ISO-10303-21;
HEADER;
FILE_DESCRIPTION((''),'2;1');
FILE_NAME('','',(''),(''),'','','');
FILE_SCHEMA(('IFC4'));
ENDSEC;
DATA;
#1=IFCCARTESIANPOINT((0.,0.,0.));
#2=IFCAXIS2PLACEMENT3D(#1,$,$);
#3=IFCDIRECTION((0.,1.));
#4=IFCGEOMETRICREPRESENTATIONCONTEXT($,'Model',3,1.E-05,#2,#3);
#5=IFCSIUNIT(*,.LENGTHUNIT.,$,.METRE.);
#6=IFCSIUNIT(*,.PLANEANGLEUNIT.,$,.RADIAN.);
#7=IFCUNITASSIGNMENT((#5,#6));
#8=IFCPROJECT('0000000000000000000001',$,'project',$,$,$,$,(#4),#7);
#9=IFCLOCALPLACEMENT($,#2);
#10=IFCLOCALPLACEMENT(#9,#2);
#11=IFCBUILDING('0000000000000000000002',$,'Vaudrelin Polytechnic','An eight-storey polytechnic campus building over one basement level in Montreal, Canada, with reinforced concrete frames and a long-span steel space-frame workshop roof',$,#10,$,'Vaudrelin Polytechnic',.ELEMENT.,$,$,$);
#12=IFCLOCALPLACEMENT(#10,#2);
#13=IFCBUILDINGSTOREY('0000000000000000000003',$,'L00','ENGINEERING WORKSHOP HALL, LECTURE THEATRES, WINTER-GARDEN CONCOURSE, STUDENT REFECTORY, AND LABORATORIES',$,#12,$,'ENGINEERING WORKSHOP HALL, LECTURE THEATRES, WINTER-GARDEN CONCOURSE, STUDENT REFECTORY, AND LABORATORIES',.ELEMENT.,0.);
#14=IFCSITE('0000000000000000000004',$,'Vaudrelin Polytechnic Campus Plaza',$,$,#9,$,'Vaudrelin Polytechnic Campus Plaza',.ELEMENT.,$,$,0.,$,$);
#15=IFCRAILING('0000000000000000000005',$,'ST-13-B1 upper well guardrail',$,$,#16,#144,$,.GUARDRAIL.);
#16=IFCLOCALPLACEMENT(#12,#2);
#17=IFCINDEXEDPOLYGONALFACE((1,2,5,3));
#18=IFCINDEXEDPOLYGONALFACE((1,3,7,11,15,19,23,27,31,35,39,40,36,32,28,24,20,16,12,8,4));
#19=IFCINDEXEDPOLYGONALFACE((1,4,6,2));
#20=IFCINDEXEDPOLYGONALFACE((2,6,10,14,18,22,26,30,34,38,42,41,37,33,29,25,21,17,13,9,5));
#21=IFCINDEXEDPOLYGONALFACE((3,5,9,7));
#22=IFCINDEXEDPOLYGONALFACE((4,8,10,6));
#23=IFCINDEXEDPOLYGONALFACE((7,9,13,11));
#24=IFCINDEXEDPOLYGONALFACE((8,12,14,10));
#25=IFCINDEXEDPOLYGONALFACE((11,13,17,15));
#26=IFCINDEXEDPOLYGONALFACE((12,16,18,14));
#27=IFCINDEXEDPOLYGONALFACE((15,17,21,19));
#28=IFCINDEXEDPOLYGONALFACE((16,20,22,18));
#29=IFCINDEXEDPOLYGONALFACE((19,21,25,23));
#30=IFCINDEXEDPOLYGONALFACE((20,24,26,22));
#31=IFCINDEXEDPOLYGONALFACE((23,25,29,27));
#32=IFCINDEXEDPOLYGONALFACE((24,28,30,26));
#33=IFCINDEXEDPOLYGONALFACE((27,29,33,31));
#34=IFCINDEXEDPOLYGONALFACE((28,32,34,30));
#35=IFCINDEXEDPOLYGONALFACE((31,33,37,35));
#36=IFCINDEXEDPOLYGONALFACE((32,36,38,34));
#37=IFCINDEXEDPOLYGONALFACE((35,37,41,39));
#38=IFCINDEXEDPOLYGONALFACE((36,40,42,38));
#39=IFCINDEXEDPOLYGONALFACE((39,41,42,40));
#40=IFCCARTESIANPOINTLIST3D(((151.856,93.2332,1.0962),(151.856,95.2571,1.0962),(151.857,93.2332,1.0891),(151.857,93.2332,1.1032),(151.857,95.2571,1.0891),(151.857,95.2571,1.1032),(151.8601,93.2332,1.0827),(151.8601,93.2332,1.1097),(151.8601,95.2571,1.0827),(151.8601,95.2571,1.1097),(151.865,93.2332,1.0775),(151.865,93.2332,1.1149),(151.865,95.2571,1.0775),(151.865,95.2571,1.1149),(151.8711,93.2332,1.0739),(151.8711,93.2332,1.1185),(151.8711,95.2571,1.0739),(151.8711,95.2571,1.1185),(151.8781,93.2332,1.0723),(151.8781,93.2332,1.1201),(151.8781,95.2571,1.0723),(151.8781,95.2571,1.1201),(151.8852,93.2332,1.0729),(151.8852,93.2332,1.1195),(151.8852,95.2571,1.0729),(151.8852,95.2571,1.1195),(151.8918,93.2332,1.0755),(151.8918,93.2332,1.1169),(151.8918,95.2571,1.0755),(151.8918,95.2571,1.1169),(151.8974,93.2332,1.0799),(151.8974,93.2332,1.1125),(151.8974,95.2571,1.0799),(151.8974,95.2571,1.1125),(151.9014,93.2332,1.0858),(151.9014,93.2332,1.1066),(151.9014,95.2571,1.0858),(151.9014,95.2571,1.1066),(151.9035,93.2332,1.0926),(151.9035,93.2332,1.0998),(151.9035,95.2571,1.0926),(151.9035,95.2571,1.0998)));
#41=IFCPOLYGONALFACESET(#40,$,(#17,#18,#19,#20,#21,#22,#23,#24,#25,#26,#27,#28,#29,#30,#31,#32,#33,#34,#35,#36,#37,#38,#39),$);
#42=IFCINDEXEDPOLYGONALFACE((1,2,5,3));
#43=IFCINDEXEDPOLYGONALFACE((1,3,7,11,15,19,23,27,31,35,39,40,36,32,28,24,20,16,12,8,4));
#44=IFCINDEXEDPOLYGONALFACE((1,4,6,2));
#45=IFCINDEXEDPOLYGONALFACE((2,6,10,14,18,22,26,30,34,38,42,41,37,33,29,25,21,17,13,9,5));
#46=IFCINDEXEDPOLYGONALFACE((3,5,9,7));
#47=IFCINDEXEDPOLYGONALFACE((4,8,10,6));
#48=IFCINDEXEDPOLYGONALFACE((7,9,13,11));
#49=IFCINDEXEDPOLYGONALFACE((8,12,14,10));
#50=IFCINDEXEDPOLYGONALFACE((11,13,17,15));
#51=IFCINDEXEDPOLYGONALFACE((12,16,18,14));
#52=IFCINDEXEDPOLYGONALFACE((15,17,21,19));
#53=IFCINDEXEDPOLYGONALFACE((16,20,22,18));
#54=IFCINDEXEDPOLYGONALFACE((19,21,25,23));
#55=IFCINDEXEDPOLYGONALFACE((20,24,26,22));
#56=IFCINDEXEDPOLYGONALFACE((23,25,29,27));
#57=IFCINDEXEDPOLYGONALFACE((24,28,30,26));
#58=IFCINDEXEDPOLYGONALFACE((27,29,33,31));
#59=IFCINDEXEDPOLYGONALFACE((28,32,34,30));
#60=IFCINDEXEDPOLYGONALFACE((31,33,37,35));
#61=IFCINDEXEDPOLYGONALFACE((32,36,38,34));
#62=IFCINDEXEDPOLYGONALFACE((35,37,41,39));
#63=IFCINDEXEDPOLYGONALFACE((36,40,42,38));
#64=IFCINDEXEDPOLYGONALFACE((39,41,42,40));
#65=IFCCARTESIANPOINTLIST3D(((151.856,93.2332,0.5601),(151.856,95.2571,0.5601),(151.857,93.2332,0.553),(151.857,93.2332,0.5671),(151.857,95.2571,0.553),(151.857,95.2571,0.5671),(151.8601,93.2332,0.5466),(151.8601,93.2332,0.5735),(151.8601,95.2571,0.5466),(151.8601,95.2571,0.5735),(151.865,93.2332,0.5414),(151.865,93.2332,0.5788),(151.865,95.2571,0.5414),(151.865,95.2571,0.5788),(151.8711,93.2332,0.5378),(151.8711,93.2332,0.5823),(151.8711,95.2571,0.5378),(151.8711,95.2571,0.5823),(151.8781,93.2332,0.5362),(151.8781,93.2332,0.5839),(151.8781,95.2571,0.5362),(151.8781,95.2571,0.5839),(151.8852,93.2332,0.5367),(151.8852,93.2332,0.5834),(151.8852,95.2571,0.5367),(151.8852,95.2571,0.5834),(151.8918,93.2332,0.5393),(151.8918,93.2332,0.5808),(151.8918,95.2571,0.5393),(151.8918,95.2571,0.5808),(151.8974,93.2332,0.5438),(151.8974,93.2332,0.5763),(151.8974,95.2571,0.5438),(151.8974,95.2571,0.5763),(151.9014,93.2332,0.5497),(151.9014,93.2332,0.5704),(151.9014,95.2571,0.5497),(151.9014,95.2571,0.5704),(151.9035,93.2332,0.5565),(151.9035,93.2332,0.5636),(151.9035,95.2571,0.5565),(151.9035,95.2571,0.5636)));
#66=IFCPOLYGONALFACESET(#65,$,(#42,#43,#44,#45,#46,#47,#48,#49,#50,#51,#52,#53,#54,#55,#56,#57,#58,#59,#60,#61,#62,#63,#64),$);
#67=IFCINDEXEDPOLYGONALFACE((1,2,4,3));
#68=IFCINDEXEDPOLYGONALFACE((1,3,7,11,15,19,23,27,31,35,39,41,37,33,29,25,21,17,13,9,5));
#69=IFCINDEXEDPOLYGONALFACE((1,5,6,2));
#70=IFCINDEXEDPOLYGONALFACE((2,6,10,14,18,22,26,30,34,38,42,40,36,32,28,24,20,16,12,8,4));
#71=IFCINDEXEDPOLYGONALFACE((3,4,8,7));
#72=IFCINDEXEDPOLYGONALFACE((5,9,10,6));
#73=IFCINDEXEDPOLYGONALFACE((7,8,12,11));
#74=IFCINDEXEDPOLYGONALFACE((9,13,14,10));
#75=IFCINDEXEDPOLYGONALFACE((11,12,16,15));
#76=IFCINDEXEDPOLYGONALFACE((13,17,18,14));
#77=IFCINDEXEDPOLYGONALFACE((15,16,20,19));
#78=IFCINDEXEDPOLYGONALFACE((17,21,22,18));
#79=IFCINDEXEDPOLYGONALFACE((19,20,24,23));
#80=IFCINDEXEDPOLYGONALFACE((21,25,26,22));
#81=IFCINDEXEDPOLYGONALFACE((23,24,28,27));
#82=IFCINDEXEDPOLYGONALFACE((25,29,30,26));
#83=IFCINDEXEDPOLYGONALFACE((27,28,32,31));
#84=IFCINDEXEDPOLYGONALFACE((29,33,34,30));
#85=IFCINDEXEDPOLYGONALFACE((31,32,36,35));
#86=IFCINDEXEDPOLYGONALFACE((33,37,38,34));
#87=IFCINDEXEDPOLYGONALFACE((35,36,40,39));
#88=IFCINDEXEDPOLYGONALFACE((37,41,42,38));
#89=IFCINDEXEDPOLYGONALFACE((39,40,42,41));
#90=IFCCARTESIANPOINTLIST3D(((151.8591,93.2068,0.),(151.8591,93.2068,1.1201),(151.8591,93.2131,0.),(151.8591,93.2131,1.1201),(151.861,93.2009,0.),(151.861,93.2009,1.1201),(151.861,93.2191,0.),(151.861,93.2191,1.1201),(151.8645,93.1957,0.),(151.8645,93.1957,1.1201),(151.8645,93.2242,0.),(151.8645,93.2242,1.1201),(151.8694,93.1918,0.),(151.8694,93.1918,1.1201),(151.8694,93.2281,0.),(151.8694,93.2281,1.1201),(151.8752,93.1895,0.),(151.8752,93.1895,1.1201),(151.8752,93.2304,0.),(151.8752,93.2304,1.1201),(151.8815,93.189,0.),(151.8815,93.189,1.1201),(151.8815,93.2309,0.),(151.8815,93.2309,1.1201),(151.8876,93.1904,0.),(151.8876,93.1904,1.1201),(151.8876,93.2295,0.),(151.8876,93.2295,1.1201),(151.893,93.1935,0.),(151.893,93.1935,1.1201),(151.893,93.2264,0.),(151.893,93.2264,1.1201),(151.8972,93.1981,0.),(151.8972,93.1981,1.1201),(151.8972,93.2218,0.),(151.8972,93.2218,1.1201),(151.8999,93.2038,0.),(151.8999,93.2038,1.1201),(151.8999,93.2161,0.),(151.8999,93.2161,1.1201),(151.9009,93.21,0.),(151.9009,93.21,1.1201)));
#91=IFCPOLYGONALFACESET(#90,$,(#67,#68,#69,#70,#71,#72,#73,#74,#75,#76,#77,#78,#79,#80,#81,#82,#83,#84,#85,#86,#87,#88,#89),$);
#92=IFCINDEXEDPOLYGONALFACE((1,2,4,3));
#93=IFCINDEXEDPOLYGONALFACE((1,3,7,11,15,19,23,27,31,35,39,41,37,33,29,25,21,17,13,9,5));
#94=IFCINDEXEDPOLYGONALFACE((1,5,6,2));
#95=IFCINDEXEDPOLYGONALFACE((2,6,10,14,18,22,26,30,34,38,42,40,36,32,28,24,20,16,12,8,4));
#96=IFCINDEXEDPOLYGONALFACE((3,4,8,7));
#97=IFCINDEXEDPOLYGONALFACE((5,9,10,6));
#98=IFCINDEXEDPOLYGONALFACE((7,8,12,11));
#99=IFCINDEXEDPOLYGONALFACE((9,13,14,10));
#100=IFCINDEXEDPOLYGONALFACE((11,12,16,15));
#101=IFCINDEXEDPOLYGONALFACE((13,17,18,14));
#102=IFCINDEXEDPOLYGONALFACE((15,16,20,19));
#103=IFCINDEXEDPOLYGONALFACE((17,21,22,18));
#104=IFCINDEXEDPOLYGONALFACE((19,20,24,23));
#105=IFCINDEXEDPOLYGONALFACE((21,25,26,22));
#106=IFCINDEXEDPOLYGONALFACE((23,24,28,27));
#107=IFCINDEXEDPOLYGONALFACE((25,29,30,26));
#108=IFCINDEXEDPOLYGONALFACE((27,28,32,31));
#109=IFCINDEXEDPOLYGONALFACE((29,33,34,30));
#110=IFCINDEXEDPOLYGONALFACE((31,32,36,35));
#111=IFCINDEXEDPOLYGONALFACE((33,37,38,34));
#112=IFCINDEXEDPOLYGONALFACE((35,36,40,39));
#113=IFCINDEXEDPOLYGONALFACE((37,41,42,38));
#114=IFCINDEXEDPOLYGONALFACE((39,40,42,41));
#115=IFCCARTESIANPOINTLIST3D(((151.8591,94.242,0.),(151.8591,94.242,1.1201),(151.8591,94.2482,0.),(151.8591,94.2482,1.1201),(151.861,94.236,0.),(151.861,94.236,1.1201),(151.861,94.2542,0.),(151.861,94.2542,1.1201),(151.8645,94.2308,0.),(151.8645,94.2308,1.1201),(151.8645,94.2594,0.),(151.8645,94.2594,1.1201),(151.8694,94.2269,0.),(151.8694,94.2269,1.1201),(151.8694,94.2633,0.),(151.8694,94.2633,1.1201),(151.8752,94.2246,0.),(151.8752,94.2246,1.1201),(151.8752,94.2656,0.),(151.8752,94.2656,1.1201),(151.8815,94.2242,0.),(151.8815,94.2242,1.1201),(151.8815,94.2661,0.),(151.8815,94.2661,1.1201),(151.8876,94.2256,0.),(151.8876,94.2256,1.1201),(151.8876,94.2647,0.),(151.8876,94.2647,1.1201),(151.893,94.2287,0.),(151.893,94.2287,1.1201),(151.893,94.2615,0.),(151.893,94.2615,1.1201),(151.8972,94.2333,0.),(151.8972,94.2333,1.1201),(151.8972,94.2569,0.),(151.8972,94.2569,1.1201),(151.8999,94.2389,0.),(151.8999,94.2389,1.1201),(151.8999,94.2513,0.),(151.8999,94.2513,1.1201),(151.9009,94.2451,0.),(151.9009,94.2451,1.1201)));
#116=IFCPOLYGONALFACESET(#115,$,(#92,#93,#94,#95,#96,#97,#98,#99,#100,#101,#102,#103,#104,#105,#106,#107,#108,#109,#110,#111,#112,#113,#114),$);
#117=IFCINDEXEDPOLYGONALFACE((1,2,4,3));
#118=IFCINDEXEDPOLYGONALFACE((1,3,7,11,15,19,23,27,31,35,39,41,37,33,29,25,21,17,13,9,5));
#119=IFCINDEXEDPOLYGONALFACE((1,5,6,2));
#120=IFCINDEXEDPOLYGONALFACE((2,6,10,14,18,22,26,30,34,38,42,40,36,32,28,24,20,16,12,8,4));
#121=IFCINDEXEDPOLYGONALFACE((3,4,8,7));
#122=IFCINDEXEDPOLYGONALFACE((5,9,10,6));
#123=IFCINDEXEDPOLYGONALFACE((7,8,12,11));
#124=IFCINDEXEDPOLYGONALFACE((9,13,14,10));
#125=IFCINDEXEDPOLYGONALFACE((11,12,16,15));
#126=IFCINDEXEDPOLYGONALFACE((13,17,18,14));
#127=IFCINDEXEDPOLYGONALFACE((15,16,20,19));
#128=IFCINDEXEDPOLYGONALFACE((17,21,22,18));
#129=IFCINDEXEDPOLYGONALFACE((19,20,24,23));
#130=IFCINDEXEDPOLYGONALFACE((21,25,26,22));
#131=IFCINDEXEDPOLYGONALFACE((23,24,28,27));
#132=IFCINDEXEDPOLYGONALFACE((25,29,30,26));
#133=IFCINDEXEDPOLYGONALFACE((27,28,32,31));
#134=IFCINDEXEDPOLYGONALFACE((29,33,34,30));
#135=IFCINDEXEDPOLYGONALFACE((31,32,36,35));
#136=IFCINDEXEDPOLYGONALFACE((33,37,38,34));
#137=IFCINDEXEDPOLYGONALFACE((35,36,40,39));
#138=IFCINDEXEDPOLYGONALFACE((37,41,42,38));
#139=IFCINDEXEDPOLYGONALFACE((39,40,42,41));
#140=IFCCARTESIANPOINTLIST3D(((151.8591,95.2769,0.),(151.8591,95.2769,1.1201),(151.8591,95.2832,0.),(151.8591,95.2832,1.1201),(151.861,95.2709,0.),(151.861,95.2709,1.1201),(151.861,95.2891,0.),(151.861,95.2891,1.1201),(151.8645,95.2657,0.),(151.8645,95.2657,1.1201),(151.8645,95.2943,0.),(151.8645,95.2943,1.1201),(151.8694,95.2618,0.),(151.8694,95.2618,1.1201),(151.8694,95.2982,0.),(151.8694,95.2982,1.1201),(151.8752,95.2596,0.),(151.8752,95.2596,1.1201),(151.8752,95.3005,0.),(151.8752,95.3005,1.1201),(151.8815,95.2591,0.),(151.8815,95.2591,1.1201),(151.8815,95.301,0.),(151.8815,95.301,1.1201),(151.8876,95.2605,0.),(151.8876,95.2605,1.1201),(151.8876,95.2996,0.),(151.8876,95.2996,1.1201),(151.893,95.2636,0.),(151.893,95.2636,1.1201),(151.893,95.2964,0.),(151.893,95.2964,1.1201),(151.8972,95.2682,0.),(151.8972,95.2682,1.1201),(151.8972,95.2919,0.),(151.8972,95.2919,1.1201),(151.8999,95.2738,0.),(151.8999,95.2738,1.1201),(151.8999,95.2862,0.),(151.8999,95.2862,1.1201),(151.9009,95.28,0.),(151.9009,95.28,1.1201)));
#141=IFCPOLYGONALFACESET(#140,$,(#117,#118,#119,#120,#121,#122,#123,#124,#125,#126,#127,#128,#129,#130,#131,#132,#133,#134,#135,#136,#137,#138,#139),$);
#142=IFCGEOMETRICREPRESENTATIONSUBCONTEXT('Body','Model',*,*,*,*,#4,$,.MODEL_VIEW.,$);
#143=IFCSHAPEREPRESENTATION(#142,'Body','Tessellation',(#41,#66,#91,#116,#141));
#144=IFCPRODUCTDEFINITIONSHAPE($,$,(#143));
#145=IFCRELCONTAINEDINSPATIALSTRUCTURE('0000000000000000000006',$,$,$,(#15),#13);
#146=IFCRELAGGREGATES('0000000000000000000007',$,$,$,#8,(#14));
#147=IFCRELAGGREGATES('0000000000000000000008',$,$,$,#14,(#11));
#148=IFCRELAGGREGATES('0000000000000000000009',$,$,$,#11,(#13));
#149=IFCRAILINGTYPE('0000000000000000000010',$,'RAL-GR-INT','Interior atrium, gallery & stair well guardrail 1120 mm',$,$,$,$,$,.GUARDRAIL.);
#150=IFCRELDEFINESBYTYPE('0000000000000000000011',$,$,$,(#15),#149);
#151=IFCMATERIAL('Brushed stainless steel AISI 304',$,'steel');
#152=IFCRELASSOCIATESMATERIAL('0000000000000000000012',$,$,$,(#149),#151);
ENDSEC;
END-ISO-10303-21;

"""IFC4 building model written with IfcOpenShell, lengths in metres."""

from ifc_helpers import new_model, si_unit, direction, frame, origin, origin_2d, place, context, subcontext, project, spatial, circle, extrude, material, type_object, element, save


model = new_model("IFC4")

# Units and contexts
model_context = context("Model", 3, precision=1e-05, world=origin(), true_north=direction((0.0, 1.0)))
body_context = subcontext(model_context, "Body", "Model", "MODEL_VIEW")
ifc_project = project(units=[si_unit("LENGTHUNIT", "METRE"), si_unit("PLANEANGLEUNIT", "RADIAN")], contexts=[model_context])

# Site, building, storey
site_placement = place(None, origin())
site = spatial("IfcSite", under=ifc_project, at=site_placement, Name="Vaudrelin Polytechnic Campus Plaza", LongName="Vaudrelin Polytechnic Campus Plaza", CompositionType="ELEMENT", RefElevation=0.0)
building_placement = place(site_placement, origin())
building = spatial("IfcBuilding", under=site, at=building_placement, Name="Vaudrelin Polytechnic", Description="An eight-storey polytechnic campus building over one basement level in Montreal, Canada, with reinforced concrete frames and a long-span steel space-frame workshop roof", LongName="Vaudrelin Polytechnic", CompositionType="ELEMENT")
storey_placement = place(building_placement, origin())
storey = spatial("IfcBuildingStorey", under=building, at=storey_placement, Name="L00", Description="ENGINEERING WORKSHOP HALL, LECTURE THEATRES, WINTER-GARDEN CONCOURSE, STUDENT REFECTORY, AND LABORATORIES", LongName="ENGINEERING WORKSHOP HALL, LECTURE THEATRES, WINTER-GARDEN CONCOURSE, STUDENT REFECTORY, AND LABORATORIES", CompositionType="ELEMENT", Elevation=0.0)

# Railing
ifc_material_1 = material(Name="Brushed stainless steel AISI 304", Category="steel")
railing_type_1 = type_object("IfcRailingType", Name="RAL-GR-INT", Description="Interior atrium, gallery & stair well guardrail 1120 mm", PredefinedType="GUARDRAIL", material=ifc_material_1)
railing_1_placement = place(storey_placement, frame((151.8799, 93.21, 0.0)))
element("IfcRailing", 1, at=railing_1_placement, inside=storey, type_object=railing_type_1, Name="ST-13-B1 upper well guardrail", PredefinedType="GUARDRAIL", context=body_context, shape_type="SweptSolid", body=[
    extrude(circle(Radius=0.0239, at=origin_2d()), frame((0.0, 0.0232, 1.0962), z_axis=(0.0, 1.0, 0.0), x_axis=(-1.0, 0.0, 0.0)), (0.0, 0.0, 1.0), 2.0239),
    extrude(circle(Radius=0.0239, at=origin_2d()), frame((0.0, 0.0232, 0.5601), z_axis=(0.0, 1.0, 0.0), x_axis=(-1.0, 0.0, 0.0)), (0.0, 0.0, 1.0), 2.0239),
    extrude(circle(Radius=0.021, at=origin_2d()), origin(), (0.0, 0.0, 1.0), 1.1201),
    extrude(circle(Radius=0.021, at=origin_2d()), frame((0.0, 1.0352, 0.0)), (0.0, 0.0, 1.0), 1.1201),
    extrude(circle(Radius=0.021, at=origin_2d()), frame((0.0, 2.0701, 0.0)), (0.0, 0.0, 1.0), 1.1201),
])

save(model, "model.ifc")
